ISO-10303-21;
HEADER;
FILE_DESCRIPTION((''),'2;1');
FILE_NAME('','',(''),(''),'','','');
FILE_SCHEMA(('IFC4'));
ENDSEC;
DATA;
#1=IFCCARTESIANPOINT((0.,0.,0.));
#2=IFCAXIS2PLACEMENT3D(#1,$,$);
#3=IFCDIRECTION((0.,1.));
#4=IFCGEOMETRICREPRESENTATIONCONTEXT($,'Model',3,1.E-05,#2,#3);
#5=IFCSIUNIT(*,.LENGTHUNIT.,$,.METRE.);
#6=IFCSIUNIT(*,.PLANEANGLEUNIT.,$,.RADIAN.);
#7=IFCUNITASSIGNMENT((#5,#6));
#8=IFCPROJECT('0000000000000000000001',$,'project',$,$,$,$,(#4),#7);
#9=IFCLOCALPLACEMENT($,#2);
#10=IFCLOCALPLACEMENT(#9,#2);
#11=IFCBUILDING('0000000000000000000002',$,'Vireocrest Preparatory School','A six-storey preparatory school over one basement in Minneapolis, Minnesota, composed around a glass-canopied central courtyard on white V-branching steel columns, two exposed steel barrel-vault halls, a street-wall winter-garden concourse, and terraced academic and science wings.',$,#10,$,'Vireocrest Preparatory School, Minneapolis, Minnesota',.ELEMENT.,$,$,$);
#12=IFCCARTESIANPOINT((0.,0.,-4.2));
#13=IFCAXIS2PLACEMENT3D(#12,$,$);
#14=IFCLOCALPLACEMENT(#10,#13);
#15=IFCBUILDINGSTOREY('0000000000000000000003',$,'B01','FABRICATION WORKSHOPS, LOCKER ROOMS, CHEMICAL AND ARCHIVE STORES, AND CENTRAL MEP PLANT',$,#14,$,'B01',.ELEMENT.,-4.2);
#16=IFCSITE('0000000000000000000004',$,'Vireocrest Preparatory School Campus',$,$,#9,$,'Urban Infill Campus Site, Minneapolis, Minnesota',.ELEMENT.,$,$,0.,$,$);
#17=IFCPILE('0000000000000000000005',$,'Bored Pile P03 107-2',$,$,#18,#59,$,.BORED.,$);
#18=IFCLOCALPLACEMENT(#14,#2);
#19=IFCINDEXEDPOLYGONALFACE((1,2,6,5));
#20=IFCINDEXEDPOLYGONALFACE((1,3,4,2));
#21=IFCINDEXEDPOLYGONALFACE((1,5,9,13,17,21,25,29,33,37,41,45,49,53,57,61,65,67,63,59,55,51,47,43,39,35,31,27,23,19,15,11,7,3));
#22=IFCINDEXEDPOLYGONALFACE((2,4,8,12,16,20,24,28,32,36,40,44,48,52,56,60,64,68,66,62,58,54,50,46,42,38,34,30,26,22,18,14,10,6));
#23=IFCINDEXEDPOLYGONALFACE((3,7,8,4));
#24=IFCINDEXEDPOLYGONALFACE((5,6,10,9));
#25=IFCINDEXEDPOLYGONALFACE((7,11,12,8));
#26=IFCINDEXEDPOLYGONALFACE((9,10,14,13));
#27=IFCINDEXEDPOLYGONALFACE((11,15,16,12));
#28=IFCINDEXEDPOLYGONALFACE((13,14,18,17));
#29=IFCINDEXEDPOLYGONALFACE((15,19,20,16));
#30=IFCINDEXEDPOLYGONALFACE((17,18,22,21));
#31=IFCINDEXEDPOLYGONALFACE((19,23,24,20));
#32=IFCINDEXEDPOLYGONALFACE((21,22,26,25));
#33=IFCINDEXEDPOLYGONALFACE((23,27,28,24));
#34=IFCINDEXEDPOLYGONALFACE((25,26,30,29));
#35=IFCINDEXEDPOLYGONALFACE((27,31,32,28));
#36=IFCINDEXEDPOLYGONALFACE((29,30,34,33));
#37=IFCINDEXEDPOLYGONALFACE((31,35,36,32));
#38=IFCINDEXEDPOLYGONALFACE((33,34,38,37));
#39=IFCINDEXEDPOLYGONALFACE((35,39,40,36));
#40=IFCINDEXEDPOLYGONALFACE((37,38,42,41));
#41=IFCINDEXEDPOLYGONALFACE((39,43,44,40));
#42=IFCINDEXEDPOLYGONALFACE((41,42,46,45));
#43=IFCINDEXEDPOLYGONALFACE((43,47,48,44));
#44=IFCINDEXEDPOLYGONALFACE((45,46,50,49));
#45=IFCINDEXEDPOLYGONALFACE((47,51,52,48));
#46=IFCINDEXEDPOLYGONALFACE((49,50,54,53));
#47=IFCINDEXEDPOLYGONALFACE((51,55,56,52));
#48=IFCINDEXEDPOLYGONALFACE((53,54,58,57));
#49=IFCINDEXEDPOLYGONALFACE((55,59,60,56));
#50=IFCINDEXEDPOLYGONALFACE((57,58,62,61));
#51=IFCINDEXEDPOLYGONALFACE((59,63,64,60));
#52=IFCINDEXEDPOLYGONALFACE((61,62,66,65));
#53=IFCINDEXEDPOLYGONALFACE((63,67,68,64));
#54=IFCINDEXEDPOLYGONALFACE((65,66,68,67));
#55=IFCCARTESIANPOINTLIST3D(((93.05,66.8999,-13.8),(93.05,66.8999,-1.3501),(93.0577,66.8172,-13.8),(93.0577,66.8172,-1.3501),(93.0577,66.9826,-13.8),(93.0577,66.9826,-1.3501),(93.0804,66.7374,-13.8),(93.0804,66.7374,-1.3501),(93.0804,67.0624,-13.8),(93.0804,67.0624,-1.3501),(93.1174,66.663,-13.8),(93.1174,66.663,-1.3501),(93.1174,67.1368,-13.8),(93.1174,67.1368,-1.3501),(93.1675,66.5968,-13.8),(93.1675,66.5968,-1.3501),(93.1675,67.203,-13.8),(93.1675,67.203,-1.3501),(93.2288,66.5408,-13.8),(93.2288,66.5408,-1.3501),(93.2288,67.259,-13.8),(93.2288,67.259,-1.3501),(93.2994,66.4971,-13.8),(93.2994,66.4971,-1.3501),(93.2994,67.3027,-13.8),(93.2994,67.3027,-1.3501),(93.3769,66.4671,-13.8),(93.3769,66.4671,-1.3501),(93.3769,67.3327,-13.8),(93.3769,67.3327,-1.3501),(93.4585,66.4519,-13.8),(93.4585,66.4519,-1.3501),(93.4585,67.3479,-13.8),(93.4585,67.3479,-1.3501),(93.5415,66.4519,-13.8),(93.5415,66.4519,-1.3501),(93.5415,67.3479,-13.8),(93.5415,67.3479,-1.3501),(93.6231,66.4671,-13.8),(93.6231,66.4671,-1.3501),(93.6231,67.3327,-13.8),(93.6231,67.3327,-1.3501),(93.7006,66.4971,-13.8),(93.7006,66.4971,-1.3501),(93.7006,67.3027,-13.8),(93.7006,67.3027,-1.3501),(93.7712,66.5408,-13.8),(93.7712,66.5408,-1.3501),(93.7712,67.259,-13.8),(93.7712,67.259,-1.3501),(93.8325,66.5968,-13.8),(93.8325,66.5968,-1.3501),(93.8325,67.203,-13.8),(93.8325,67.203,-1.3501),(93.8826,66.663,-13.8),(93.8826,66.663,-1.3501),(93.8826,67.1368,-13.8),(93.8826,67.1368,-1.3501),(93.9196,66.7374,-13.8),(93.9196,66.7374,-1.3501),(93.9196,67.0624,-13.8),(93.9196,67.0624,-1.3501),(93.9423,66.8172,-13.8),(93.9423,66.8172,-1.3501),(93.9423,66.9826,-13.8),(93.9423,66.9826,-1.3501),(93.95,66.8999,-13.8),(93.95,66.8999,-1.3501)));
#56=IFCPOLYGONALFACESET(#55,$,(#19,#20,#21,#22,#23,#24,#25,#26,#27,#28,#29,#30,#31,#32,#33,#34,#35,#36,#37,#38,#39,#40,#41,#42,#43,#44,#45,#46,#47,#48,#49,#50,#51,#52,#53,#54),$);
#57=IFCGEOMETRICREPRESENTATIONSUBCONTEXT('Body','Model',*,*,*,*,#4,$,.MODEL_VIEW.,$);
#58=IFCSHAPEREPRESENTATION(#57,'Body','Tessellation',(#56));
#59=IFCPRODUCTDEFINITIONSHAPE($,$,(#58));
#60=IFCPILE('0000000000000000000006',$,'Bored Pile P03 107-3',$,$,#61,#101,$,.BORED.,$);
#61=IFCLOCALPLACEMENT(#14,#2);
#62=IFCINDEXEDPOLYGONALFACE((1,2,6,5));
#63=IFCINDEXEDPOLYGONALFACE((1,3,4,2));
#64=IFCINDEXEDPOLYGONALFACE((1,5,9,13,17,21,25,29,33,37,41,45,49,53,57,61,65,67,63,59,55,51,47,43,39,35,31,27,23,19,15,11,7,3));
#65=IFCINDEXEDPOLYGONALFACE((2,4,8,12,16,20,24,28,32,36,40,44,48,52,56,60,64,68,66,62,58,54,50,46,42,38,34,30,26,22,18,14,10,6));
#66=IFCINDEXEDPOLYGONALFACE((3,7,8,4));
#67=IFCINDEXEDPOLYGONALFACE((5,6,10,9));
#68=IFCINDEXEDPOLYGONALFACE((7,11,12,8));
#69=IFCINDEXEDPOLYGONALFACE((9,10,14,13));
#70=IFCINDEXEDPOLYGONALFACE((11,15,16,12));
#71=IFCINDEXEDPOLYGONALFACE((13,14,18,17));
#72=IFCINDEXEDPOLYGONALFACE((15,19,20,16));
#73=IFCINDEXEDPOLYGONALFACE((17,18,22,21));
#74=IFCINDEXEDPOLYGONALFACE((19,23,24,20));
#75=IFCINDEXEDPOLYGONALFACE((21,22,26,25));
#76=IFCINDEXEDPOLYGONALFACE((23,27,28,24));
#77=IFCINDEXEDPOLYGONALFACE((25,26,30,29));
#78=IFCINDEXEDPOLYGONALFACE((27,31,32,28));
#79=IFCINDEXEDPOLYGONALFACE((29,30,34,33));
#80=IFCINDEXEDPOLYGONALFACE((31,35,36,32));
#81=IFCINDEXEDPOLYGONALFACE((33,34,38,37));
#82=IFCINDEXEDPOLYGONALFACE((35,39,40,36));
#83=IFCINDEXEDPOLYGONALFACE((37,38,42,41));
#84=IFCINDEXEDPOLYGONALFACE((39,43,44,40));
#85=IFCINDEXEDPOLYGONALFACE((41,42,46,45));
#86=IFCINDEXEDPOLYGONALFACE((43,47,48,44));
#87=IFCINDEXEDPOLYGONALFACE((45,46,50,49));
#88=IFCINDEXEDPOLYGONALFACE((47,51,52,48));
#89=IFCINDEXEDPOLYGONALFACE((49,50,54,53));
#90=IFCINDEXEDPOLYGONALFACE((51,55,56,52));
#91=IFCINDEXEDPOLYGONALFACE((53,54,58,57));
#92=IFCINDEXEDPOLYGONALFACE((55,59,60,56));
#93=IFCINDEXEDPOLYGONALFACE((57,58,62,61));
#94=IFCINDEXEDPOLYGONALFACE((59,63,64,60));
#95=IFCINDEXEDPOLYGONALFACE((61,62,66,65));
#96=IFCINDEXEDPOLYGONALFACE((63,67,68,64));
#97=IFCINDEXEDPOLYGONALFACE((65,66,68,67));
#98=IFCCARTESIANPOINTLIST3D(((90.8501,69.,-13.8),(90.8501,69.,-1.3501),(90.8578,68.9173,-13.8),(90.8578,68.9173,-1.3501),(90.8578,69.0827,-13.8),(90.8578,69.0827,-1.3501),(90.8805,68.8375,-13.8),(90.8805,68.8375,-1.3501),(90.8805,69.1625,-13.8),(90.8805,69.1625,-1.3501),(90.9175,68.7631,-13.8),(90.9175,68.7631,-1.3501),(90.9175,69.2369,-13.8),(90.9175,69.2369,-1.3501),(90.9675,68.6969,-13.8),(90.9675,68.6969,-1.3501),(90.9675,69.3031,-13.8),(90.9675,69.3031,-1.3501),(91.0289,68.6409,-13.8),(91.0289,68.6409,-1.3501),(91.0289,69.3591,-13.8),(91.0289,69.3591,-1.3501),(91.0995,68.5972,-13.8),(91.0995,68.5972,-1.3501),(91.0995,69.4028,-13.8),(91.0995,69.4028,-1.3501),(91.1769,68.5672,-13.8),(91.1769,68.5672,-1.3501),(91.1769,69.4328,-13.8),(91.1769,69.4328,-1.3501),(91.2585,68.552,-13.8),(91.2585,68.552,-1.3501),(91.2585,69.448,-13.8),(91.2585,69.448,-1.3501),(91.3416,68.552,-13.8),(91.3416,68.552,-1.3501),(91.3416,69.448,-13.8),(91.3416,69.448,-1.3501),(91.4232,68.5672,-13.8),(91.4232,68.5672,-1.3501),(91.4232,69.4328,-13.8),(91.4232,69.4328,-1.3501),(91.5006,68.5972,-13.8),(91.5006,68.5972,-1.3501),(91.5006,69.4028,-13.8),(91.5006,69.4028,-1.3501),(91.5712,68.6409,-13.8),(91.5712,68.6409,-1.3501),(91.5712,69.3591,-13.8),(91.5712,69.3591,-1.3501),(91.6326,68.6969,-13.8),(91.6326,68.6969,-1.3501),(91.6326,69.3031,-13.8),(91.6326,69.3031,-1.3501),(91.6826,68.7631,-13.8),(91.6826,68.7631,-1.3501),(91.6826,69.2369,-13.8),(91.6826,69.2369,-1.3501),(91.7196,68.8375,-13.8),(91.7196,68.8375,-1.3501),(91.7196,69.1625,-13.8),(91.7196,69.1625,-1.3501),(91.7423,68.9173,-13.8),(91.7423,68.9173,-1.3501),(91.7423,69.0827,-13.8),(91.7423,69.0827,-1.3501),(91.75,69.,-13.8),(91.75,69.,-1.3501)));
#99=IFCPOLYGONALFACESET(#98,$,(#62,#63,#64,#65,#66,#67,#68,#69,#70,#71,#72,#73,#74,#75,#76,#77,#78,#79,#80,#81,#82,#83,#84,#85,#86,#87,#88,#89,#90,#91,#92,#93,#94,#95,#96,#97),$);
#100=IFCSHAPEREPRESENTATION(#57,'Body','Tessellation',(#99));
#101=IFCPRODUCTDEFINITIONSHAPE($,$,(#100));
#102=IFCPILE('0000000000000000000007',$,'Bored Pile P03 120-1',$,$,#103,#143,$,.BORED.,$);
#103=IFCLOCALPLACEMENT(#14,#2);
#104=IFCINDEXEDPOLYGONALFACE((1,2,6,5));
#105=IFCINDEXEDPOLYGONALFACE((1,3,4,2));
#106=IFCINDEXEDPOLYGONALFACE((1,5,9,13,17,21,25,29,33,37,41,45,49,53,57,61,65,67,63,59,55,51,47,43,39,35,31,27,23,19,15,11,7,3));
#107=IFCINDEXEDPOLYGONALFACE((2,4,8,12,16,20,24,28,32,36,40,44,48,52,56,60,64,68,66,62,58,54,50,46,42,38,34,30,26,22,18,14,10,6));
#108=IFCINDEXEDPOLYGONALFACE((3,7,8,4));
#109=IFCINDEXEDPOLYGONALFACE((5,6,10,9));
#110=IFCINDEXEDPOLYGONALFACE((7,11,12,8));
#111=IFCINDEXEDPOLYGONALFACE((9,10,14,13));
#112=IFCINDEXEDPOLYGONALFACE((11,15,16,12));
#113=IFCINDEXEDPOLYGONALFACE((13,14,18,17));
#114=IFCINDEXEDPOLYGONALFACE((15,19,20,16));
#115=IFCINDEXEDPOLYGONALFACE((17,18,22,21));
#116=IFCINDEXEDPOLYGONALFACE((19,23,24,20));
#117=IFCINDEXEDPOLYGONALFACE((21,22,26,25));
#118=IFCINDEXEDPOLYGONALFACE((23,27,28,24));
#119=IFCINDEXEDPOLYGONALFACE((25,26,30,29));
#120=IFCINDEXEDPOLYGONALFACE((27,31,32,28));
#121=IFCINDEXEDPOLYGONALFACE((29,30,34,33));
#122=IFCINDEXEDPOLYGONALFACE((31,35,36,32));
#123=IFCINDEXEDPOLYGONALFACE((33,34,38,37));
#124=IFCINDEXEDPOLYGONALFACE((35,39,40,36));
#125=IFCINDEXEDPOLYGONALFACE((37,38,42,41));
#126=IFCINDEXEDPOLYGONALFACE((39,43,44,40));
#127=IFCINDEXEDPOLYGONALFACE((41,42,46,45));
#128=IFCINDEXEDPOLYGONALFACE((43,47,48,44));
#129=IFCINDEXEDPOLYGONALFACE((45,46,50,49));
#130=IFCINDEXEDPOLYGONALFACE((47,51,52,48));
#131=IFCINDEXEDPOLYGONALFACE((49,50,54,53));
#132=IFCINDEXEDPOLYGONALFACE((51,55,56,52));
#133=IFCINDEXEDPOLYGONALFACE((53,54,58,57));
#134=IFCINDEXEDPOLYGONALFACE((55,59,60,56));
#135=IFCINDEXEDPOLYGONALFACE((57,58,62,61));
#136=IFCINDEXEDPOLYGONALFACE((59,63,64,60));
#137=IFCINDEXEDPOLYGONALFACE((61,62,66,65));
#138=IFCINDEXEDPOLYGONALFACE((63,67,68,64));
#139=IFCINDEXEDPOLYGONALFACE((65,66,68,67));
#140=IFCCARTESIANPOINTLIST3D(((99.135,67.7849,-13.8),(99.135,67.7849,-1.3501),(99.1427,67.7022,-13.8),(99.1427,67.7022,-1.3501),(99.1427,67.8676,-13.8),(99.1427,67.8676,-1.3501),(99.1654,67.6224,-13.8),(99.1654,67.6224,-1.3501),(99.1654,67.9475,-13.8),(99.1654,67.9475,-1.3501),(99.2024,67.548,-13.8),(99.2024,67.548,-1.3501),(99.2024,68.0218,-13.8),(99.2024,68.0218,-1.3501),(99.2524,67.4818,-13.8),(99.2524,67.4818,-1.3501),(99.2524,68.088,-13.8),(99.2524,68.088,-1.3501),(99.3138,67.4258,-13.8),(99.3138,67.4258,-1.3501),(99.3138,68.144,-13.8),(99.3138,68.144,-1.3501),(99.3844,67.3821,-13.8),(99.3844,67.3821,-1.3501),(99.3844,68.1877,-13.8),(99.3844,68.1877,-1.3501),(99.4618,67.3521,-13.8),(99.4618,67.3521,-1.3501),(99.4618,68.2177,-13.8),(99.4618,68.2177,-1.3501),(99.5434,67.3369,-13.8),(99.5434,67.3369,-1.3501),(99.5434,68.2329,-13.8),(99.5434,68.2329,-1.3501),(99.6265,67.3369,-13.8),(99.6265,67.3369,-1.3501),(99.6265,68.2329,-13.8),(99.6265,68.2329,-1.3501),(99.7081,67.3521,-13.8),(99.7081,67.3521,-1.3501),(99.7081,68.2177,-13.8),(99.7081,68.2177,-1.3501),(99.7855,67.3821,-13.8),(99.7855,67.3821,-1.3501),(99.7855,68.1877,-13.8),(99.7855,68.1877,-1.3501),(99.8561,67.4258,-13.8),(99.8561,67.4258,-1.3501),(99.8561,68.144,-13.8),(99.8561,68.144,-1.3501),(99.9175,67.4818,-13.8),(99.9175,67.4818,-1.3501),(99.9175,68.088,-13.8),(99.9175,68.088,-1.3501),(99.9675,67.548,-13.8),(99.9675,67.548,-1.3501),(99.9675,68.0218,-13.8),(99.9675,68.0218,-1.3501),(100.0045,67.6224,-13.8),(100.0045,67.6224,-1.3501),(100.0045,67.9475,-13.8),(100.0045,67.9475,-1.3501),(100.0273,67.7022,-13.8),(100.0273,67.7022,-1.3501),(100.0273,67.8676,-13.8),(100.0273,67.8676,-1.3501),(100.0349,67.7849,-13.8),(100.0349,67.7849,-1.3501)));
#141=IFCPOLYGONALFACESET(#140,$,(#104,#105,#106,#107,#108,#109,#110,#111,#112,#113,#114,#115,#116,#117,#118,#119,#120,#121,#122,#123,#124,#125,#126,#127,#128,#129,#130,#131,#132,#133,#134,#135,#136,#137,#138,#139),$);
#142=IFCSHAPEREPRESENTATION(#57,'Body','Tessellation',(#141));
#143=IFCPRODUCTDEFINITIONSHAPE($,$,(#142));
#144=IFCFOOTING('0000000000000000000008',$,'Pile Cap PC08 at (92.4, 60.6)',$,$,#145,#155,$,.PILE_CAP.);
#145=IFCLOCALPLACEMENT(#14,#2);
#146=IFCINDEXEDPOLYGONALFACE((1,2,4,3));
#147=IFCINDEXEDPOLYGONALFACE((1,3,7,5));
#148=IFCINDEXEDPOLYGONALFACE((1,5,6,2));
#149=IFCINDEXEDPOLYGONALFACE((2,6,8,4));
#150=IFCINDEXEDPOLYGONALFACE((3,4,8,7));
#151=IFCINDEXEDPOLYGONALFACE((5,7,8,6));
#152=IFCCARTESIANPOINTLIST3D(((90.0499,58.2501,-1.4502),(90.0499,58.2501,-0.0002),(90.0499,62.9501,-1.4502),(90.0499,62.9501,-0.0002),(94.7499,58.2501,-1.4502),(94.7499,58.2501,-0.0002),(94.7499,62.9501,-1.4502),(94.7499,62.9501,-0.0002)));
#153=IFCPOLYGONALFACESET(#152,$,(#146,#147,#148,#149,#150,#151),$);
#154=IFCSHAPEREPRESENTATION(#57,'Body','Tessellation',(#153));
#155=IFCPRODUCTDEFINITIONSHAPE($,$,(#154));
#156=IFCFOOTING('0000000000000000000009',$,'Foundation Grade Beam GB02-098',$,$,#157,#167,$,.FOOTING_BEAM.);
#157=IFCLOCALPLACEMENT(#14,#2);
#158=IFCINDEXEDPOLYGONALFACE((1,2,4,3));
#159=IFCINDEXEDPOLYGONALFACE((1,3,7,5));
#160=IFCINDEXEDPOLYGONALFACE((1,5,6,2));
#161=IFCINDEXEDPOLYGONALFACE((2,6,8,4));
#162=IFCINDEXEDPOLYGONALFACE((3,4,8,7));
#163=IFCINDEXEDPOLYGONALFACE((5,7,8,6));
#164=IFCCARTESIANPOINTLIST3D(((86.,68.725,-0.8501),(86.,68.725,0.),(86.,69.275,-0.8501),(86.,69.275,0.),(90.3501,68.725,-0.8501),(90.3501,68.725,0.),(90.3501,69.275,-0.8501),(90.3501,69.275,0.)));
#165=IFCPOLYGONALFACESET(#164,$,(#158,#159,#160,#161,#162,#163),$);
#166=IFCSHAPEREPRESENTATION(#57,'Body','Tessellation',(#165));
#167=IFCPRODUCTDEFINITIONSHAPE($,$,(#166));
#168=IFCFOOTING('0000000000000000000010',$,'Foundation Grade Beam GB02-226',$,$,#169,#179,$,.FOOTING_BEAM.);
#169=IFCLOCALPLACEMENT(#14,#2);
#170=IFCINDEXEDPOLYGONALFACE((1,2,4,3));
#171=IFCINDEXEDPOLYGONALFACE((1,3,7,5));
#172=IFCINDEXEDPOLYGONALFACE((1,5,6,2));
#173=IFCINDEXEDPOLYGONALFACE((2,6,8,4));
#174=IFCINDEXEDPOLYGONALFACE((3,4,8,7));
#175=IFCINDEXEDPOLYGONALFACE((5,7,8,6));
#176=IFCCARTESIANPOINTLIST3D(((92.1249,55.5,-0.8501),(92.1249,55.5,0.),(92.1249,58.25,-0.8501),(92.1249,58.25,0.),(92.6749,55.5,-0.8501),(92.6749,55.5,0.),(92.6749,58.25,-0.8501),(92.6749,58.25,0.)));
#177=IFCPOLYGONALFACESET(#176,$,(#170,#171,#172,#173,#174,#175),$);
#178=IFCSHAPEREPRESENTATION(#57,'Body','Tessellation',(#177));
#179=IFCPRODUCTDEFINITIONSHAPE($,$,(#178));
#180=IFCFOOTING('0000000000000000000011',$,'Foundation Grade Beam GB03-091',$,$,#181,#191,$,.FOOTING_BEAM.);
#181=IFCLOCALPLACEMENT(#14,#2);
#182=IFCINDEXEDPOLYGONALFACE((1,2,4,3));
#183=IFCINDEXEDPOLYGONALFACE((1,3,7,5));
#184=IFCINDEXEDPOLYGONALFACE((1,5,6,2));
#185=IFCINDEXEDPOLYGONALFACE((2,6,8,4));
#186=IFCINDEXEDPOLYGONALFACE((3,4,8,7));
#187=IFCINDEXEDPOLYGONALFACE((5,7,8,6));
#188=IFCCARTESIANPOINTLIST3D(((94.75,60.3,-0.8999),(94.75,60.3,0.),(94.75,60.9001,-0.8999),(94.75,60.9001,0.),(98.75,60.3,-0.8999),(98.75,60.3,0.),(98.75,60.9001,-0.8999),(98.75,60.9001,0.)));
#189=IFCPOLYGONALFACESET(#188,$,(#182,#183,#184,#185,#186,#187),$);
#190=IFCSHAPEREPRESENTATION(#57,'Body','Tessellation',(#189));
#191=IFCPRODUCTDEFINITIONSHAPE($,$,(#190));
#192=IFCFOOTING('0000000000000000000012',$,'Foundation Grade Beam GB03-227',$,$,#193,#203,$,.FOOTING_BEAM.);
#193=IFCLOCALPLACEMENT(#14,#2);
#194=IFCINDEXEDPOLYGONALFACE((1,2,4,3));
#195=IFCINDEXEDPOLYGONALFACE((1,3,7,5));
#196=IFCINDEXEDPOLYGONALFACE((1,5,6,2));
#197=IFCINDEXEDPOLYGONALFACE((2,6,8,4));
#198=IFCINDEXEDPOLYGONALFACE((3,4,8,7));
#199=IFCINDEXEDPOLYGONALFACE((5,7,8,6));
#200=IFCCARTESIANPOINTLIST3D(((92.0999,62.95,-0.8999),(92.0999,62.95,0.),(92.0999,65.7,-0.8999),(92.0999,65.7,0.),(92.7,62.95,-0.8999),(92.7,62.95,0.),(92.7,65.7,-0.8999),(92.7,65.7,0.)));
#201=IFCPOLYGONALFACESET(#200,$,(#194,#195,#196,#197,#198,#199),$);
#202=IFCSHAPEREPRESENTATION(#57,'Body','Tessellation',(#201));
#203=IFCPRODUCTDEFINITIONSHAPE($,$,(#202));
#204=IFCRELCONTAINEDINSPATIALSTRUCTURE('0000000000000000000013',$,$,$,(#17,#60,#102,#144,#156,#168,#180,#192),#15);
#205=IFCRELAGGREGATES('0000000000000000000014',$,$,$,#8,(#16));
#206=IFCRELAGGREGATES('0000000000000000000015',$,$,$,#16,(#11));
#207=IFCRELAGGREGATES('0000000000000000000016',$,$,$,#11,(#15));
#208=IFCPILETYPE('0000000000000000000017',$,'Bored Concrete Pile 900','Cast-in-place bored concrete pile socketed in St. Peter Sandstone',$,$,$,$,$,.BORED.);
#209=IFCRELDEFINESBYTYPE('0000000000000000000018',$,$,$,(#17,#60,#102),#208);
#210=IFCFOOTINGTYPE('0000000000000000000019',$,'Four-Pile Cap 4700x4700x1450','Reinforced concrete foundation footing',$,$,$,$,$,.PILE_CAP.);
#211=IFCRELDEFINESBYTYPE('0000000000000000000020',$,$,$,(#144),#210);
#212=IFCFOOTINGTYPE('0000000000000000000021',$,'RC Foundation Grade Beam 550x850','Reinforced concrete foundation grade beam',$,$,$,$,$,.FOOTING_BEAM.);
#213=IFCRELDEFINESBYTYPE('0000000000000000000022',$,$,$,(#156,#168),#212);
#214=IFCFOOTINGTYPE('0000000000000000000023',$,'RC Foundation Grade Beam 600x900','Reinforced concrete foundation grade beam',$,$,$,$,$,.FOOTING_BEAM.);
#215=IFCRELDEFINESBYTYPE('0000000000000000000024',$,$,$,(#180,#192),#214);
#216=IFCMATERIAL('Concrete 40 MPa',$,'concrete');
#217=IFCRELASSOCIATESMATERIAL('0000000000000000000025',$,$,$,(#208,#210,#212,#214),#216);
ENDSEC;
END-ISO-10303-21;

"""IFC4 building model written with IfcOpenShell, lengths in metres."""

from ifc_helpers import new_model, si_unit, direction, frame, origin, origin_2d, place, context, subcontext, project, spatial, rectangle, circle, extrude, material, material_profile, profile_set, type_object, element, save


model = new_model("IFC4")

# Units and contexts
model_context = context("Model", 3, precision=1e-05, world=origin(), true_north=direction((0.0, 1.0)))
body_context = subcontext(model_context, "Body", "Model", "MODEL_VIEW")
ifc_project = project(units=[si_unit("LENGTHUNIT", "METRE"), si_unit("PLANEANGLEUNIT", "RADIAN")], contexts=[model_context])

# Site, building, storey
site_placement = place(None, origin())
site = spatial("IfcSite", under=ifc_project, at=site_placement, Name="Vireocrest Preparatory School Campus", LongName="Urban Infill Campus Site, Minneapolis, Minnesota", CompositionType="ELEMENT", RefElevation=0.0)
building_placement = place(site_placement, origin())
building = spatial("IfcBuilding", under=site, at=building_placement, Name="Vireocrest Preparatory School", Description="A six-storey preparatory school over one basement in Minneapolis, Minnesota, composed around a glass-canopied central courtyard on white V-branching steel columns, two exposed steel barrel-vault halls, a street-wall winter-garden concourse, and terraced academic and science wings.", LongName="Vireocrest Preparatory School, Minneapolis, Minnesota", CompositionType="ELEMENT")
storey_placement = place(building_placement, frame((0.0, 0.0, -4.2)))
storey = spatial("IfcBuildingStorey", under=building, at=storey_placement, Name="B01", Description="FABRICATION WORKSHOPS, LOCKER ROOMS, CHEMICAL AND ARCHIVE STORES, AND CENTRAL MEP PLANT", LongName="B01", CompositionType="ELEMENT", Elevation=-4.2)

# Piles
ifc_material_1 = material(Name="Concrete 40 MPa", Category="concrete")
ifc_material_profile_1 = material_profile(ifc_material_1, circle(Radius=0.45, at=origin_2d()), Name="BORED PILE 900")
ifc_profile_set_1 = profile_set([ifc_material_profile_1], Name="Concrete 40 MPa")
pile_type = type_object("IfcPileType", Name="Bored Concrete Pile 900", Description="Cast-in-place bored concrete pile socketed in St. Peter Sandstone", PredefinedType="BORED", material=ifc_profile_set_1)
for number, where, z_axis, x_axis, name in (
    (1, (93.5, 66.8999, -1.3501), (0.0, 0.0, -1.0), (1.0, 0.0, 0.0), "Bored Pile P03 107-2"),
    (2, (91.3, 69.0, -1.3501), (0.0, 0.0, -1.0), (1.0, 0.0, 0.0), "Bored Pile P03 107-3"),
    (3, (99.585, 67.7849, -1.3501), (0.0, 0.0, -1.0), (1.0, 0.0, 0.0), "Bored Pile P03 120-1"),
):
    element("IfcPile", number, at=place(storey_placement, frame(where, z_axis=z_axis, x_axis=x_axis)), inside=storey, type_object=pile_type, Name=name, PredefinedType="BORED", context=body_context, shape_type="SweptSolid", body=[
        extrude(circle(Radius=0.45, at=origin_2d()), origin(), (0.0, 0.0, 1.0), 12.45),
    ])

# Footings
footing_type_1 = type_object("IfcFootingType", Name="Four-Pile Cap 4700x4700x1450", Description="Reinforced concrete foundation footing", PredefinedType="PILE_CAP", material=ifc_material_1)
footing_1_placement = place(storey_placement, frame((92.3999, 60.6001, -1.4502), z_axis=(0.0, 0.0, 1.0), x_axis=(1.0, 0.0, 0.0)))
element("IfcFooting", 4, at=footing_1_placement, inside=storey, type_object=footing_type_1, Name="Pile Cap PC08 at (92.4, 60.6)", PredefinedType="PILE_CAP", context=body_context, shape_type="SweptSolid", body=[
    extrude(rectangle(XDim=4.7, YDim=4.7, at=origin_2d()), origin(), (0.0, 0.0, 1.0), 1.45),
])
ifc_material_profile_2 = material_profile(ifc_material_1, rectangle(XDim=0.55, YDim=0.8501, at=origin_2d()), Name="GB 550x850")
ifc_profile_set_2 = profile_set([ifc_material_profile_2], Name="Concrete 40 MPa")
footing_type_2 = type_object("IfcFootingType", Name="RC Foundation Grade Beam 550x850", Description="Reinforced concrete foundation grade beam", PredefinedType="FOOTING_BEAM", material=ifc_profile_set_2)
footing_2_placement = place(storey_placement, frame((86.0, 69.0, -0.425), z_axis=(1.0, 0.0, 0.0), x_axis=(0.0, 1.0, 0.0)))
element("IfcFooting", 5, at=footing_2_placement, inside=storey, type_object=footing_type_2, Name="Foundation Grade Beam GB02-098", PredefinedType="FOOTING_BEAM", context=body_context, shape_type="SweptSolid", body=[
    extrude(rectangle(XDim=0.55, YDim=0.8501, at=origin_2d()), origin(), (0.0, 0.0, 1.0), 4.3501),
])
footing_3_placement = place(storey_placement, frame((92.3999, 55.5, -0.425), z_axis=(0.0, 1.0, 0.0), x_axis=(-1.0, 0.0, 0.0)))
element("IfcFooting", 6, at=footing_3_placement, inside=storey, type_object=footing_type_2, Name="Foundation Grade Beam GB02-226", PredefinedType="FOOTING_BEAM", context=body_context, shape_type="SweptSolid", body=[
    extrude(rectangle(XDim=0.55, YDim=0.8501, at=origin_2d()), origin(), (0.0, 0.0, 1.0), 2.75),
])
ifc_material_profile_3 = material_profile(ifc_material_1, rectangle(XDim=0.6001, YDim=0.8999, at=origin_2d()), Name="GB 600x900")
ifc_profile_set_3 = profile_set([ifc_material_profile_3], Name="Concrete 40 MPa")
footing_type_3 = type_object("IfcFootingType", Name="RC Foundation Grade Beam 600x900", Description="Reinforced concrete foundation grade beam", PredefinedType="FOOTING_BEAM", material=ifc_profile_set_3)
footing_4_placement = place(storey_placement, frame((94.75, 60.6001, -0.45), z_axis=(1.0, 0.0, 0.0), x_axis=(0.0, 1.0, 0.0)))
element("IfcFooting", 7, at=footing_4_placement, inside=storey, type_object=footing_type_3, Name="Foundation Grade Beam GB03-091", PredefinedType="FOOTING_BEAM", context=body_context, shape_type="SweptSolid", body=[
    extrude(rectangle(XDim=0.6001, YDim=0.8999, at=origin_2d()), origin(), (0.0, 0.0, 1.0), 4.0),
])
footing_5_placement = place(storey_placement, frame((92.3999, 62.95, -0.45), z_axis=(0.0, 1.0, 0.0), x_axis=(-1.0, 0.0, 0.0)))
element("IfcFooting", 8, at=footing_5_placement, inside=storey, type_object=footing_type_3, Name="Foundation Grade Beam GB03-227", PredefinedType="FOOTING_BEAM", context=body_context, shape_type="SweptSolid", body=[
    extrude(rectangle(XDim=0.6001, YDim=0.8999, at=origin_2d()), origin(), (0.0, 0.0, 1.0), 2.75),
])

save(model, "model.ifc")
